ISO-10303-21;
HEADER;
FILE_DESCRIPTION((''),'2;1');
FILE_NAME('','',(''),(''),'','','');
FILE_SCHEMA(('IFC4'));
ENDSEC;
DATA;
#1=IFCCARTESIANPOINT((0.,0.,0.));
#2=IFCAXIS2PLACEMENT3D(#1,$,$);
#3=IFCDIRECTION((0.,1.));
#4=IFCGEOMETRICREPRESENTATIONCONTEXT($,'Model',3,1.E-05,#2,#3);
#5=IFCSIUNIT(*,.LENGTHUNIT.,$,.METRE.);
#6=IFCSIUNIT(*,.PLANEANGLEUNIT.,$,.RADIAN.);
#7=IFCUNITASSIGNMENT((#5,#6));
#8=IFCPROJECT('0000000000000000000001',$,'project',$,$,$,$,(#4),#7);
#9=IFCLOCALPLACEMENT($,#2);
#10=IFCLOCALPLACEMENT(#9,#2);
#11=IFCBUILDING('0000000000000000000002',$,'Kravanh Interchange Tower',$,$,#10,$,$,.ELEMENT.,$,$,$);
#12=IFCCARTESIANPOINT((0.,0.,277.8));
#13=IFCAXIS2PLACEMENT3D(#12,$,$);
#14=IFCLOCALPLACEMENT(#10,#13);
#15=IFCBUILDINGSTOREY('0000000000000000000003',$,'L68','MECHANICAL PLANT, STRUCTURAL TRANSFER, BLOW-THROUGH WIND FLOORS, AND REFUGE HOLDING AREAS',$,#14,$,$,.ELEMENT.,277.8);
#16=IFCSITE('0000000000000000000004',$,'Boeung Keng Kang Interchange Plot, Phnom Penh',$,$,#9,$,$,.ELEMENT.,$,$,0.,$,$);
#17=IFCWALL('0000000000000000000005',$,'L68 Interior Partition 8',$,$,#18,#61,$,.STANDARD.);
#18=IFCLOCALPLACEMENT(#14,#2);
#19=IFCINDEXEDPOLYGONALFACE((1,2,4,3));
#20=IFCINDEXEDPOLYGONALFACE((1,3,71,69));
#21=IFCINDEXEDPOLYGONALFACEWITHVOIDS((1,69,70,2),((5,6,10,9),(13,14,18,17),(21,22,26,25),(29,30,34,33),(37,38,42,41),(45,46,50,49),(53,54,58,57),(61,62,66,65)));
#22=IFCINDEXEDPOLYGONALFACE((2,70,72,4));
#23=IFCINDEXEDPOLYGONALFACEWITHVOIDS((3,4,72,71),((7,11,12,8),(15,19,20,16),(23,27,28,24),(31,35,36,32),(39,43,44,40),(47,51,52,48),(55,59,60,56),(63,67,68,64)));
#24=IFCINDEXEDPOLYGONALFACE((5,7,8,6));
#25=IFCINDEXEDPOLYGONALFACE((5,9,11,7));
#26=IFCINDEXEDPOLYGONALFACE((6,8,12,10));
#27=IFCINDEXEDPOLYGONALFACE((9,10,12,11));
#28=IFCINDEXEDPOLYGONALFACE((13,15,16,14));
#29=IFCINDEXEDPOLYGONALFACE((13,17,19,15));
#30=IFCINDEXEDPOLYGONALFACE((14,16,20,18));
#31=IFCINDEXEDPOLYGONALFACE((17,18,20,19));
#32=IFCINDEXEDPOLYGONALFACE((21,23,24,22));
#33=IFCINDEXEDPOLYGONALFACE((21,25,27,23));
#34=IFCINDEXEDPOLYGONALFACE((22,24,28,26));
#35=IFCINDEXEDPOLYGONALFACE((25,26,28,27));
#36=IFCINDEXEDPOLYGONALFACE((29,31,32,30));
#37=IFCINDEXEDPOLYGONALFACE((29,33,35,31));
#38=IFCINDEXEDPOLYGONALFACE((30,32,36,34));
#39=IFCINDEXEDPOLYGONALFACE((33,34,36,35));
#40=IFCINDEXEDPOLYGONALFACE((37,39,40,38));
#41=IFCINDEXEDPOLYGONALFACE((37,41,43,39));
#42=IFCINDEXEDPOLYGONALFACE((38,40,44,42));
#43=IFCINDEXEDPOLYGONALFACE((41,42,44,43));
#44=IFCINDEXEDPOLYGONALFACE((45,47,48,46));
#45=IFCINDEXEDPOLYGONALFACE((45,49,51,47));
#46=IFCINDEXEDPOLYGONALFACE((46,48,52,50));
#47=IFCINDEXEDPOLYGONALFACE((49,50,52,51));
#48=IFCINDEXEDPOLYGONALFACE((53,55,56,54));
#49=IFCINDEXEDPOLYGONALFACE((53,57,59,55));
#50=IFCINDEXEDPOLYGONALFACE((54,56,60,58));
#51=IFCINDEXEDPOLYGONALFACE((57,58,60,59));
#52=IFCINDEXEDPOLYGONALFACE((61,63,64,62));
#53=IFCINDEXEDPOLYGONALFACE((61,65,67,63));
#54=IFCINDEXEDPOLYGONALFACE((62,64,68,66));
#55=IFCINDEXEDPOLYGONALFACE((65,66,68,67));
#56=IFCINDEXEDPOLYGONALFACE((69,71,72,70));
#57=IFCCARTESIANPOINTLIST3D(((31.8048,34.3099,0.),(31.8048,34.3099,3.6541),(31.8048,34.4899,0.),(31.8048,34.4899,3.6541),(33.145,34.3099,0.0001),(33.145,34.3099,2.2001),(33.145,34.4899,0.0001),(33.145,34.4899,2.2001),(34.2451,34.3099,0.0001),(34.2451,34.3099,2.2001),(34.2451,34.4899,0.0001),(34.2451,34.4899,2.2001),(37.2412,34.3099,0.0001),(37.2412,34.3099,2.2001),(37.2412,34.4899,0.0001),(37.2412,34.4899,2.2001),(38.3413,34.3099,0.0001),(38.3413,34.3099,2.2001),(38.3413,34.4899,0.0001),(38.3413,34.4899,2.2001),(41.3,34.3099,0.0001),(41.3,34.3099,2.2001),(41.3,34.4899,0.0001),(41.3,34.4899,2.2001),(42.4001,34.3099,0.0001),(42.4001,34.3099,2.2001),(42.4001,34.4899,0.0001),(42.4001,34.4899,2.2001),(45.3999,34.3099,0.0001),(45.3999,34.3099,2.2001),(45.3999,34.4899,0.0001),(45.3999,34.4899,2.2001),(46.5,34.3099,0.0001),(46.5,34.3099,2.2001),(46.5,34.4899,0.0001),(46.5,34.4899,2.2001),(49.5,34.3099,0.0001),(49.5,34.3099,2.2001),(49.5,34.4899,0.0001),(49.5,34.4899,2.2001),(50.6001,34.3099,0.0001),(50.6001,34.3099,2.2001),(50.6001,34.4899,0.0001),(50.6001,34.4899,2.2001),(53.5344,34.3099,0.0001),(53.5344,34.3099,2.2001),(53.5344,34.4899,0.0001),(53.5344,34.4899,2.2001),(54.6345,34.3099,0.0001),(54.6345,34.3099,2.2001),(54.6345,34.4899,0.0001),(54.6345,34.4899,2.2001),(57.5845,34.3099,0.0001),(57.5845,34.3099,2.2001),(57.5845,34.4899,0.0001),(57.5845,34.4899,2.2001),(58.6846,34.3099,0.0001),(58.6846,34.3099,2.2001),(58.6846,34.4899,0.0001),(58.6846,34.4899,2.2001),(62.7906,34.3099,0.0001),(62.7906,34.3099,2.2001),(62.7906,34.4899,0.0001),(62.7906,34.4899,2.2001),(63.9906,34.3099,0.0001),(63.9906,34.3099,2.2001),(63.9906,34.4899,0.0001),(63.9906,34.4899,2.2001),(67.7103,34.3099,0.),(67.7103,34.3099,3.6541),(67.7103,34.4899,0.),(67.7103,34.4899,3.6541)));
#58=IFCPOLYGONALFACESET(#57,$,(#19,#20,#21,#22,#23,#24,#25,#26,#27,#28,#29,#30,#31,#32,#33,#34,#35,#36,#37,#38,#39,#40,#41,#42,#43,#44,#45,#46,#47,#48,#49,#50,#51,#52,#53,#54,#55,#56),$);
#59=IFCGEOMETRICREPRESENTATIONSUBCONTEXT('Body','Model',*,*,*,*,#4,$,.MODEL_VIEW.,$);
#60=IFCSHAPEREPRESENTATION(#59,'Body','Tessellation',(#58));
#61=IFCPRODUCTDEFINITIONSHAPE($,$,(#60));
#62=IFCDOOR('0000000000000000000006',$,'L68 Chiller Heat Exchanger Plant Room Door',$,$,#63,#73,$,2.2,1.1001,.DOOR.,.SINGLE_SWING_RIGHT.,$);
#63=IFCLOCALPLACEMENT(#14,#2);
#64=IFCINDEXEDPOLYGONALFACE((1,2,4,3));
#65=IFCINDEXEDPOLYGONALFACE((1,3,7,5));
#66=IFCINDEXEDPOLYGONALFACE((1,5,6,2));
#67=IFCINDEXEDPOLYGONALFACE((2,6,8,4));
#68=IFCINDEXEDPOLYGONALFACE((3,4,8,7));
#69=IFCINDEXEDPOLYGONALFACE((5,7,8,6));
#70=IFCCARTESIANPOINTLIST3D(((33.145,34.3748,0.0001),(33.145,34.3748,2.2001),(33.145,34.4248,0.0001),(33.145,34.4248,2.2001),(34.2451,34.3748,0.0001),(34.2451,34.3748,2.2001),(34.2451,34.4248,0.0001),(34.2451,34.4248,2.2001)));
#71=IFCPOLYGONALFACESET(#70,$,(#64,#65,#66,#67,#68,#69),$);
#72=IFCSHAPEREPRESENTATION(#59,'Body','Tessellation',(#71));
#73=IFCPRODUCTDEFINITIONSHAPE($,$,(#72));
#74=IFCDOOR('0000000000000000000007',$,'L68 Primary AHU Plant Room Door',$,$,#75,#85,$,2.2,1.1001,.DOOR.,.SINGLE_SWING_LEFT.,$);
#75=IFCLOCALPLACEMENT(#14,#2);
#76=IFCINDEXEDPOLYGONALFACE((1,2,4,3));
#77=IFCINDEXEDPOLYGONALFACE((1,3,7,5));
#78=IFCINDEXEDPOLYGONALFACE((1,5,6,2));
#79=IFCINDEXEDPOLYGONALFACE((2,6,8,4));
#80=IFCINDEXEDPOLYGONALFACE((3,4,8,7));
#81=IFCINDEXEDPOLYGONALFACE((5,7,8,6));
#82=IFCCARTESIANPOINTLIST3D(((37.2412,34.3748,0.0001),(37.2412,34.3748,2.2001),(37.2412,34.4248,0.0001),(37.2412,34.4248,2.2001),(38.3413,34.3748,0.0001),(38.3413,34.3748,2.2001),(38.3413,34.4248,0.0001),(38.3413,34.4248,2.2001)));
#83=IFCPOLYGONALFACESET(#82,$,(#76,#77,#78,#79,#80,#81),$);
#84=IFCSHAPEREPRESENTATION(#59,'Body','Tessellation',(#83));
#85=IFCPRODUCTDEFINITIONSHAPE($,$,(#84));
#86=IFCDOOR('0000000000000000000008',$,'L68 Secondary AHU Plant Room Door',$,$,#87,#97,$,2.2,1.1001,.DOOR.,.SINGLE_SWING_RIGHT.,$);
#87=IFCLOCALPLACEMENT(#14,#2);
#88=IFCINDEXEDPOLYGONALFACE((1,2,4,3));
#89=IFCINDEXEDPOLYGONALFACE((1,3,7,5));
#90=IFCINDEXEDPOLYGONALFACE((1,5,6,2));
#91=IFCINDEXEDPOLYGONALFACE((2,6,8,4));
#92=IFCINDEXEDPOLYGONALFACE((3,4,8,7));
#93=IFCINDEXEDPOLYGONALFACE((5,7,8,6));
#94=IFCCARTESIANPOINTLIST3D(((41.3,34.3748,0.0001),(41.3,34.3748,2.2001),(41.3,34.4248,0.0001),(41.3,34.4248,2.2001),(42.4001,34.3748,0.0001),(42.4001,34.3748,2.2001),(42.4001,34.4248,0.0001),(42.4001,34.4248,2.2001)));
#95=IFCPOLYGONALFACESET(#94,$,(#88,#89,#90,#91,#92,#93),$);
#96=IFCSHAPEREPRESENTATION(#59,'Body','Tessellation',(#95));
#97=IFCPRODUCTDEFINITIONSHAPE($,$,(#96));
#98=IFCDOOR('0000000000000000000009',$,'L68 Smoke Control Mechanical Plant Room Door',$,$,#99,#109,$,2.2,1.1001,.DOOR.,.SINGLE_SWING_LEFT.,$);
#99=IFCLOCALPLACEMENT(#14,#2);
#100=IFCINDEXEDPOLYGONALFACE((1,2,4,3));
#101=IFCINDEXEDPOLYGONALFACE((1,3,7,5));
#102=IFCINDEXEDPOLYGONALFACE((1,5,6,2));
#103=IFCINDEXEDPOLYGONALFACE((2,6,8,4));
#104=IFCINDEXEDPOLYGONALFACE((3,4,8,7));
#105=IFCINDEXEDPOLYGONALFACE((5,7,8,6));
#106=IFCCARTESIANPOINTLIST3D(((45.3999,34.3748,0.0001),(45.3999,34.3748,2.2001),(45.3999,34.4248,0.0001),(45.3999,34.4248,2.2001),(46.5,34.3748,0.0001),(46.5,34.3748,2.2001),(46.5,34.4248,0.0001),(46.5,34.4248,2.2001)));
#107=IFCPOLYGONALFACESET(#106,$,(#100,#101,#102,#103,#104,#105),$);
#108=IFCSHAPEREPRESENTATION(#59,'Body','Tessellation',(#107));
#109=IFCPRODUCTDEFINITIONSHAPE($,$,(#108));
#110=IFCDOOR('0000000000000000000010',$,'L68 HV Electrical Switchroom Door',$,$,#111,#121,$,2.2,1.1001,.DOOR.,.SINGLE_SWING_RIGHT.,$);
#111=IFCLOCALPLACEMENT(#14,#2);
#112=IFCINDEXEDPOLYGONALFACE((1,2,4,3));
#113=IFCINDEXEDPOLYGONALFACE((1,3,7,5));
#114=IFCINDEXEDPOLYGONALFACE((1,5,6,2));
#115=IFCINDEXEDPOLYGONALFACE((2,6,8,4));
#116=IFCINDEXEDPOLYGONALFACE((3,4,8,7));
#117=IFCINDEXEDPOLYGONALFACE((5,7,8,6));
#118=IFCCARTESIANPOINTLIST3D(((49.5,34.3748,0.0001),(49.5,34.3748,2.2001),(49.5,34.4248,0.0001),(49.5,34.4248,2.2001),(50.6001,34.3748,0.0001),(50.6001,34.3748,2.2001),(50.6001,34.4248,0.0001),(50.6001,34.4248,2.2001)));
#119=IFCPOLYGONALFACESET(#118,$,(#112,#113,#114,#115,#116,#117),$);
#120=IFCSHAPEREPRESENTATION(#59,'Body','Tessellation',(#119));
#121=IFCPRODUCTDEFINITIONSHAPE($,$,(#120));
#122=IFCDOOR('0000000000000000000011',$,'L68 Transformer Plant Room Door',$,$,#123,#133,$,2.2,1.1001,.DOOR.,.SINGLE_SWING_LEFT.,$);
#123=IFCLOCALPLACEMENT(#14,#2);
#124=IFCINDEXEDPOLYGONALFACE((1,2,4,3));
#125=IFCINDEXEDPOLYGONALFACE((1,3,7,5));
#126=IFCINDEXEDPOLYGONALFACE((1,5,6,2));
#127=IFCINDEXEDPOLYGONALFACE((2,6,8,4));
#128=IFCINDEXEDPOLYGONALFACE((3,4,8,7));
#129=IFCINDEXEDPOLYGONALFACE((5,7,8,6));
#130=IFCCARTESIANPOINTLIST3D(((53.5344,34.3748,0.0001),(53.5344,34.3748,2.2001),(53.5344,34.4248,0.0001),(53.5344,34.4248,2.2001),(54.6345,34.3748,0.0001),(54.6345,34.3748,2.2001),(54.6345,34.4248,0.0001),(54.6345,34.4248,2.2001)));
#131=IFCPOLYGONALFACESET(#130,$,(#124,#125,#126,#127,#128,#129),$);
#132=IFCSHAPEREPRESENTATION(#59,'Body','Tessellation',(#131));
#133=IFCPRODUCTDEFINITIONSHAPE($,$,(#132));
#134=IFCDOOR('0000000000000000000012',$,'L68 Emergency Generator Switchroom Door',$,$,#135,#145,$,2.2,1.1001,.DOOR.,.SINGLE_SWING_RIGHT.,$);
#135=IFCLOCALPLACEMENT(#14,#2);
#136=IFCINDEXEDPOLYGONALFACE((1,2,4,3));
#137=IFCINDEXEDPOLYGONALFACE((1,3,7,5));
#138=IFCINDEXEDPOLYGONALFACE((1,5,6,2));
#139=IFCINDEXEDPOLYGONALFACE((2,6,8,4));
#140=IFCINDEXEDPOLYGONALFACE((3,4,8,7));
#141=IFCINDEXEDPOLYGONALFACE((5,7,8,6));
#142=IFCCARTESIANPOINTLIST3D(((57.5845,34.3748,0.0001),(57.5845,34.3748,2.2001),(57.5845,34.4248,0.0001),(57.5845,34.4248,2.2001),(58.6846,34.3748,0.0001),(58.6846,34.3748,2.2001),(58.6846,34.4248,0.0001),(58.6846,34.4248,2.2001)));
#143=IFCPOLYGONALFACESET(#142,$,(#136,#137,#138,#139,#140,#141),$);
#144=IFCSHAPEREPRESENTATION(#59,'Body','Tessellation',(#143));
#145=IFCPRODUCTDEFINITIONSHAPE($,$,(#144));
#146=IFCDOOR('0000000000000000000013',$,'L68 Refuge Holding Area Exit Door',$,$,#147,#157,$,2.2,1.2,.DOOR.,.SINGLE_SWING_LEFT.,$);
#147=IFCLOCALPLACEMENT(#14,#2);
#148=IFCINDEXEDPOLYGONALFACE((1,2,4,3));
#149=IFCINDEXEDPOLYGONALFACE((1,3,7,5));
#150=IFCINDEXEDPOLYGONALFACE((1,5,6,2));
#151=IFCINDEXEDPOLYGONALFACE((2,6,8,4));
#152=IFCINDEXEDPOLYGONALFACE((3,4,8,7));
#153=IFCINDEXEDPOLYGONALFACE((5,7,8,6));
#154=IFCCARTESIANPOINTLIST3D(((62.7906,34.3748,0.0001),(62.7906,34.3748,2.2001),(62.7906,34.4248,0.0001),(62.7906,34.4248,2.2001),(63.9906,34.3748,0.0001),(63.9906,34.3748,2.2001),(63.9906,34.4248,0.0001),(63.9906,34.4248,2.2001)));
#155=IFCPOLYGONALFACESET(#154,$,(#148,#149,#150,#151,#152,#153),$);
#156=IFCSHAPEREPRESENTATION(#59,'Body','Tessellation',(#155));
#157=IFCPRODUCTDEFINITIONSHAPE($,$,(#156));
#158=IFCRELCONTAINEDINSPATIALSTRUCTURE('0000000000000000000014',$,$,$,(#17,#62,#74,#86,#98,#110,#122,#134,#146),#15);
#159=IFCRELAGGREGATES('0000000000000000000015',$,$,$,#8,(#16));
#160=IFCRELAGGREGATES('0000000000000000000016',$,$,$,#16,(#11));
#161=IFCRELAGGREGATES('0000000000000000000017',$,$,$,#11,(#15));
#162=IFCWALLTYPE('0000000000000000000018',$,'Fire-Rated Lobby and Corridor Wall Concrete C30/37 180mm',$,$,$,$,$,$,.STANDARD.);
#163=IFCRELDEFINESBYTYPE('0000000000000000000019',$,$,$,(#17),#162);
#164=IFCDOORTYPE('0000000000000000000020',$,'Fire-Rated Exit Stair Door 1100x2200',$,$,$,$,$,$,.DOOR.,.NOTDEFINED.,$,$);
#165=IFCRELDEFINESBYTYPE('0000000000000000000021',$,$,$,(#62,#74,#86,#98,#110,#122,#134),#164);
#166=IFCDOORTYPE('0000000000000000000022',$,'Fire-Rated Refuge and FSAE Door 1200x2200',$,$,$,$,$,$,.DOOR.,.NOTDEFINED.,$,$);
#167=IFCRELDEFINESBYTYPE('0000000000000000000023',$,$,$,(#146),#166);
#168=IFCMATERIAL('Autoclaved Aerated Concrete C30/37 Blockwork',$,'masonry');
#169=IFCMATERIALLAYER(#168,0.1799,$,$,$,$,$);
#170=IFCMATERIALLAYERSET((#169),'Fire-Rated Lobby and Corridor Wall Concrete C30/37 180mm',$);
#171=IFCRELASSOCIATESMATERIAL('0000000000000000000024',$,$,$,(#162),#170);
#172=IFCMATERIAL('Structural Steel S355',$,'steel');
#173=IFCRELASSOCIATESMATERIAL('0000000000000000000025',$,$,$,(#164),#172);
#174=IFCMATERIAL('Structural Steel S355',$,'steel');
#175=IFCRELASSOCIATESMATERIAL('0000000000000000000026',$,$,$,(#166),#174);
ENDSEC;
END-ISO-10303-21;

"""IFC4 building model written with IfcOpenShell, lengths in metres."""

from ifc_helpers import new_model, si_unit, direction, frame, frame_2d, origin, place, context, subcontext, project, spatial, rectangle, extrude, material, layer, layer_set, type_object, element, fill, save


model = new_model("IFC4")

# Units and contexts
model_context = context("Model", 3, precision=1e-05, world=origin(), true_north=direction((0.0, 1.0)))
body_context = subcontext(model_context, "Body", "Model", "MODEL_VIEW")
ifc_project = project(units=[si_unit("LENGTHUNIT", "METRE"), si_unit("PLANEANGLEUNIT", "RADIAN")], contexts=[model_context])

# Site, building, storey
site_placement = place(None, origin())
site = spatial("IfcSite", under=ifc_project, at=site_placement, Name="Boeung Keng Kang Interchange Plot, Phnom Penh", CompositionType="ELEMENT", RefElevation=0.0)
building_placement = place(site_placement, origin())
building = spatial("IfcBuilding", under=site, at=building_placement, Name="Kravanh Interchange Tower", CompositionType="ELEMENT")
storey_placement = place(building_placement, frame((0.0, 0.0, 277.8)))
storey = spatial("IfcBuildingStorey", under=building, at=storey_placement, Name="L68", Description="MECHANICAL PLANT, STRUCTURAL TRANSFER, BLOW-THROUGH WIND FLOORS, AND REFUGE HOLDING AREAS", CompositionType="ELEMENT", Elevation=277.8)

# Wall, openings, doors
ifc_material_1 = material(Name="Autoclaved Aerated Concrete C30/37 Blockwork", Category="masonry")
ifc_layer_1 = layer(ifc_material_1, 0.1799)
ifc_layer_set_1 = layer_set([ifc_layer_1], Name="Fire-Rated Lobby and Corridor Wall Concrete C30/37 180mm")
wall_type_1 = type_object("IfcWallType", Name="Fire-Rated Lobby and Corridor Wall Concrete C30/37 180mm", PredefinedType="STANDARD", material=ifc_layer_set_1)
ifc_material_2 = material(Name="Structural Steel S355", Category="steel")
door_type_1 = type_object("IfcDoorType", Name="Fire-Rated Exit Stair Door 1100x2200", OperationType="NOTDEFINED", PredefinedType="DOOR", material=ifc_material_2)
wall_1_placement = place(storey_placement, frame((31.8049, 34.3999, 0.0), z_axis=(0.0, 0.0, 1.0), x_axis=(1.0, 0.0, 0.0)))
wall_1 = element("IfcWall", 1, at=wall_1_placement, inside=storey, type_object=wall_type_1, Name="L68 Interior Partition 8", PredefinedType="STANDARD", context=body_context, shape_type="SweptSolid", body=[
    extrude(rectangle(XDim=35.9055, YDim=0.1799, at=frame_2d((17.9526, 0.0))), origin(), (0.0, 0.0, 1.0), 3.6541),
])
opening_1_placement = place(wall_1_placement, frame((30.9856, 0.0, 0.0)))
opening_1 = element("IfcOpeningElement", 2, at=opening_1_placement, cuts=wall_1, PredefinedType="OPENING", context=body_context, shape_type="SweptSolid", body=[
    extrude(rectangle(XDim=1.2, YDim=2.2, at=frame_2d((0.6001, 1.1001))), frame((0.0, 0.1001, 0.0), z_axis=(0.0, -1.0, 0.0), x_axis=(1.0, 0.0, 0.0)), (0.0, 0.0, 1.0), 0.2),
])
opening_2_placement = place(wall_1_placement, frame((1.3401, 0.0, 0.0)))
opening_2 = element("IfcOpeningElement", 3, at=opening_2_placement, cuts=wall_1, PredefinedType="OPENING", context=body_context, shape_type="SweptSolid", body=[
    extrude(rectangle(XDim=1.1001, YDim=2.2, at=frame_2d((0.55, 1.1001))), frame((0.0, 0.1001, 0.0), z_axis=(0.0, -1.0, 0.0), x_axis=(1.0, 0.0, 0.0)), (0.0, 0.0, 1.0), 0.2),
])
opening_3_placement = place(wall_1_placement, frame((5.4363, 0.0, 0.0)))
opening_3 = element("IfcOpeningElement", 4, at=opening_3_placement, cuts=wall_1, PredefinedType="OPENING", context=body_context, shape_type="SweptSolid", body=[
    extrude(rectangle(XDim=1.1001, YDim=2.2, at=frame_2d((0.55, 1.1001))), frame((0.0, 0.1001, 0.0), z_axis=(0.0, -1.0, 0.0), x_axis=(1.0, 0.0, 0.0)), (0.0, 0.0, 1.0), 0.2),
])
opening_4_placement = place(wall_1_placement, frame((9.4951, 0.0, 0.0)))
opening_4 = element("IfcOpeningElement", 5, at=opening_4_placement, cuts=wall_1, PredefinedType="OPENING", context=body_context, shape_type="SweptSolid", body=[
    extrude(rectangle(XDim=1.1001, YDim=2.2, at=frame_2d((0.55, 1.1001))), frame((0.0, 0.1001, 0.0), z_axis=(0.0, -1.0, 0.0), x_axis=(1.0, 0.0, 0.0)), (0.0, 0.0, 1.0), 0.2),
])
opening_5_placement = place(wall_1_placement, frame((13.595, 0.0, 0.0)))
opening_5 = element("IfcOpeningElement", 6, at=opening_5_placement, cuts=wall_1, PredefinedType="OPENING", context=body_context, shape_type="SweptSolid", body=[
    extrude(rectangle(XDim=1.1001, YDim=2.2, at=frame_2d((0.55, 1.1001))), frame((0.0, 0.1001, 0.0), z_axis=(0.0, -1.0, 0.0), x_axis=(1.0, 0.0, 0.0)), (0.0, 0.0, 1.0), 0.2),
])
opening_6_placement = place(wall_1_placement, frame((17.6951, 0.0, 0.0)))
opening_6 = element("IfcOpeningElement", 7, at=opening_6_placement, cuts=wall_1, PredefinedType="OPENING", context=body_context, shape_type="SweptSolid", body=[
    extrude(rectangle(XDim=1.1001, YDim=2.2, at=frame_2d((0.55, 1.1001))), frame((0.0, 0.1001, 0.0), z_axis=(0.0, -1.0, 0.0), x_axis=(1.0, 0.0, 0.0)), (0.0, 0.0, 1.0), 0.2),
])
opening_7_placement = place(wall_1_placement, frame((21.7295, 0.0, 0.0)))
opening_7 = element("IfcOpeningElement", 8, at=opening_7_placement, cuts=wall_1, PredefinedType="OPENING", context=body_context, shape_type="SweptSolid", body=[
    extrude(rectangle(XDim=1.1001, YDim=2.2, at=frame_2d((0.55, 1.1001))), frame((0.0, 0.1001, 0.0), z_axis=(0.0, -1.0, 0.0), x_axis=(1.0, 0.0, 0.0)), (0.0, 0.0, 1.0), 0.2),
])
opening_8_placement = place(wall_1_placement, frame((25.7795, 0.0, 0.0)))
opening_8 = element("IfcOpeningElement", 9, at=opening_8_placement, cuts=wall_1, PredefinedType="OPENING", context=body_context, shape_type="SweptSolid", body=[
    extrude(rectangle(XDim=1.1001, YDim=2.2, at=frame_2d((0.55, 1.1001))), frame((0.0, 0.1001, 0.0), z_axis=(0.0, -1.0, 0.0), x_axis=(1.0, 0.0, 0.0)), (0.0, 0.0, 1.0), 0.2),
])
door_1_placement = place(opening_2_placement, origin())
door_1 = element("IfcDoor", 10, at=door_1_placement, inside=storey, type_object=door_type_1, Name="L68 Chiller Heat Exchanger Plant Room Door", OperationType="SINGLE_SWING_RIGHT", OverallHeight=2.2, OverallWidth=1.1001, PredefinedType="DOOR", context=body_context, shape_type="SweptSolid", body=[
    extrude(rectangle(XDim=1.1001, YDim=2.2, at=frame_2d((0.55, 1.1001))), frame((0.0, 0.0249, 0.0), z_axis=(0.0, -1.0, 0.0), x_axis=(1.0, 0.0, 0.0)), (0.0, 0.0, 1.0), 0.05),
])
fill(opening_2, door_1)
door_2_placement = place(opening_3_placement, origin())
door_2 = element("IfcDoor", 11, at=door_2_placement, inside=storey, type_object=door_type_1, Name="L68 Primary AHU Plant Room Door", OperationType="SINGLE_SWING_LEFT", OverallHeight=2.2, OverallWidth=1.1001, PredefinedType="DOOR", context=body_context, shape_type="SweptSolid", body=[
    extrude(rectangle(XDim=1.1001, YDim=2.2, at=frame_2d((0.55, 1.1001))), frame((0.0, 0.0249, 0.0), z_axis=(0.0, -1.0, 0.0), x_axis=(1.0, 0.0, 0.0)), (0.0, 0.0, 1.0), 0.05),
])
fill(opening_3, door_2)
door_3_placement = place(opening_4_placement, origin())
door_3 = element("IfcDoor", 12, at=door_3_placement, inside=storey, type_object=door_type_1, Name="L68 Secondary AHU Plant Room Door", OperationType="SINGLE_SWING_RIGHT", OverallHeight=2.2, OverallWidth=1.1001, PredefinedType="DOOR", context=body_context, shape_type="SweptSolid", body=[
    extrude(rectangle(XDim=1.1001, YDim=2.2, at=frame_2d((0.55, 1.1001))), frame((0.0, 0.0249, 0.0), z_axis=(0.0, -1.0, 0.0), x_axis=(1.0, 0.0, 0.0)), (0.0, 0.0, 1.0), 0.05),
])
fill(opening_4, door_3)
door_4_placement = place(opening_5_placement, origin())
door_4 = element("IfcDoor", 13, at=door_4_placement, inside=storey, type_object=door_type_1, Name="L68 Smoke Control Mechanical Plant Room Door", OperationType="SINGLE_SWING_LEFT", OverallHeight=2.2, OverallWidth=1.1001, PredefinedType="DOOR", context=body_context, shape_type="SweptSolid", body=[
    extrude(rectangle(XDim=1.1001, YDim=2.2, at=frame_2d((0.55, 1.1001))), frame((0.0, 0.0249, 0.0), z_axis=(0.0, -1.0, 0.0), x_axis=(1.0, 0.0, 0.0)), (0.0, 0.0, 1.0), 0.05),
])
fill(opening_5, door_4)
door_5_placement = place(opening_6_placement, origin())
door_5 = element("IfcDoor", 14, at=door_5_placement, inside=storey, type_object=door_type_1, Name="L68 HV Electrical Switchroom Door", OperationType="SINGLE_SWING_RIGHT", OverallHeight=2.2, OverallWidth=1.1001, PredefinedType="DOOR", context=body_context, shape_type="SweptSolid", body=[
    extrude(rectangle(XDim=1.1001, YDim=2.2, at=frame_2d((0.55, 1.1001))), frame((0.0, 0.0249, 0.0), z_axis=(0.0, -1.0, 0.0), x_axis=(1.0, 0.0, 0.0)), (0.0, 0.0, 1.0), 0.05),
])
fill(opening_6, door_5)
door_6_placement = place(opening_7_placement, origin())
door_6 = element("IfcDoor", 15, at=door_6_placement, inside=storey, type_object=door_type_1, Name="L68 Transformer Plant Room Door", OperationType="SINGLE_SWING_LEFT", OverallHeight=2.2, OverallWidth=1.1001, PredefinedType="DOOR", context=body_context, shape_type="SweptSolid", body=[
    extrude(rectangle(XDim=1.1001, YDim=2.2, at=frame_2d((0.55, 1.1001))), frame((0.0, 0.0249, 0.0), z_axis=(0.0, -1.0, 0.0), x_axis=(1.0, 0.0, 0.0)), (0.0, 0.0, 1.0), 0.05),
])
fill(opening_7, door_6)
door_7_placement = place(opening_8_placement, origin())
door_7 = element("IfcDoor", 16, at=door_7_placement, inside=storey, type_object=door_type_1, Name="L68 Emergency Generator Switchroom Door", OperationType="SINGLE_SWING_RIGHT", OverallHeight=2.2, OverallWidth=1.1001, PredefinedType="DOOR", context=body_context, shape_type="SweptSolid", body=[
    extrude(rectangle(XDim=1.1001, YDim=2.2, at=frame_2d((0.55, 1.1001))), frame((0.0, 0.0249, 0.0), z_axis=(0.0, -1.0, 0.0), x_axis=(1.0, 0.0, 0.0)), (0.0, 0.0, 1.0), 0.05),
])
fill(opening_8, door_7)
ifc_material_3 = material(Name="Structural Steel S355", Category="steel")
door_type_2 = type_object("IfcDoorType", Name="Fire-Rated Refuge and FSAE Door 1200x2200", OperationType="NOTDEFINED", PredefinedType="DOOR", material=ifc_material_3)
door_8_placement = place(opening_1_placement, origin())
door_8 = element("IfcDoor", 17, at=door_8_placement, inside=storey, type_object=door_type_2, Name="L68 Refuge Holding Area Exit Door", OperationType="SINGLE_SWING_LEFT", OverallHeight=2.2, OverallWidth=1.2, PredefinedType="DOOR", context=body_context, shape_type="SweptSolid", body=[
    extrude(rectangle(XDim=1.2, YDim=2.2, at=frame_2d((0.6001, 1.1001))), frame((0.0, 0.0249, 0.0), z_axis=(0.0, -1.0, 0.0), x_axis=(1.0, 0.0, 0.0)), (0.0, 0.0, 1.0), 0.05),
])
fill(opening_1, door_8)

save(model, "model.ifc")
